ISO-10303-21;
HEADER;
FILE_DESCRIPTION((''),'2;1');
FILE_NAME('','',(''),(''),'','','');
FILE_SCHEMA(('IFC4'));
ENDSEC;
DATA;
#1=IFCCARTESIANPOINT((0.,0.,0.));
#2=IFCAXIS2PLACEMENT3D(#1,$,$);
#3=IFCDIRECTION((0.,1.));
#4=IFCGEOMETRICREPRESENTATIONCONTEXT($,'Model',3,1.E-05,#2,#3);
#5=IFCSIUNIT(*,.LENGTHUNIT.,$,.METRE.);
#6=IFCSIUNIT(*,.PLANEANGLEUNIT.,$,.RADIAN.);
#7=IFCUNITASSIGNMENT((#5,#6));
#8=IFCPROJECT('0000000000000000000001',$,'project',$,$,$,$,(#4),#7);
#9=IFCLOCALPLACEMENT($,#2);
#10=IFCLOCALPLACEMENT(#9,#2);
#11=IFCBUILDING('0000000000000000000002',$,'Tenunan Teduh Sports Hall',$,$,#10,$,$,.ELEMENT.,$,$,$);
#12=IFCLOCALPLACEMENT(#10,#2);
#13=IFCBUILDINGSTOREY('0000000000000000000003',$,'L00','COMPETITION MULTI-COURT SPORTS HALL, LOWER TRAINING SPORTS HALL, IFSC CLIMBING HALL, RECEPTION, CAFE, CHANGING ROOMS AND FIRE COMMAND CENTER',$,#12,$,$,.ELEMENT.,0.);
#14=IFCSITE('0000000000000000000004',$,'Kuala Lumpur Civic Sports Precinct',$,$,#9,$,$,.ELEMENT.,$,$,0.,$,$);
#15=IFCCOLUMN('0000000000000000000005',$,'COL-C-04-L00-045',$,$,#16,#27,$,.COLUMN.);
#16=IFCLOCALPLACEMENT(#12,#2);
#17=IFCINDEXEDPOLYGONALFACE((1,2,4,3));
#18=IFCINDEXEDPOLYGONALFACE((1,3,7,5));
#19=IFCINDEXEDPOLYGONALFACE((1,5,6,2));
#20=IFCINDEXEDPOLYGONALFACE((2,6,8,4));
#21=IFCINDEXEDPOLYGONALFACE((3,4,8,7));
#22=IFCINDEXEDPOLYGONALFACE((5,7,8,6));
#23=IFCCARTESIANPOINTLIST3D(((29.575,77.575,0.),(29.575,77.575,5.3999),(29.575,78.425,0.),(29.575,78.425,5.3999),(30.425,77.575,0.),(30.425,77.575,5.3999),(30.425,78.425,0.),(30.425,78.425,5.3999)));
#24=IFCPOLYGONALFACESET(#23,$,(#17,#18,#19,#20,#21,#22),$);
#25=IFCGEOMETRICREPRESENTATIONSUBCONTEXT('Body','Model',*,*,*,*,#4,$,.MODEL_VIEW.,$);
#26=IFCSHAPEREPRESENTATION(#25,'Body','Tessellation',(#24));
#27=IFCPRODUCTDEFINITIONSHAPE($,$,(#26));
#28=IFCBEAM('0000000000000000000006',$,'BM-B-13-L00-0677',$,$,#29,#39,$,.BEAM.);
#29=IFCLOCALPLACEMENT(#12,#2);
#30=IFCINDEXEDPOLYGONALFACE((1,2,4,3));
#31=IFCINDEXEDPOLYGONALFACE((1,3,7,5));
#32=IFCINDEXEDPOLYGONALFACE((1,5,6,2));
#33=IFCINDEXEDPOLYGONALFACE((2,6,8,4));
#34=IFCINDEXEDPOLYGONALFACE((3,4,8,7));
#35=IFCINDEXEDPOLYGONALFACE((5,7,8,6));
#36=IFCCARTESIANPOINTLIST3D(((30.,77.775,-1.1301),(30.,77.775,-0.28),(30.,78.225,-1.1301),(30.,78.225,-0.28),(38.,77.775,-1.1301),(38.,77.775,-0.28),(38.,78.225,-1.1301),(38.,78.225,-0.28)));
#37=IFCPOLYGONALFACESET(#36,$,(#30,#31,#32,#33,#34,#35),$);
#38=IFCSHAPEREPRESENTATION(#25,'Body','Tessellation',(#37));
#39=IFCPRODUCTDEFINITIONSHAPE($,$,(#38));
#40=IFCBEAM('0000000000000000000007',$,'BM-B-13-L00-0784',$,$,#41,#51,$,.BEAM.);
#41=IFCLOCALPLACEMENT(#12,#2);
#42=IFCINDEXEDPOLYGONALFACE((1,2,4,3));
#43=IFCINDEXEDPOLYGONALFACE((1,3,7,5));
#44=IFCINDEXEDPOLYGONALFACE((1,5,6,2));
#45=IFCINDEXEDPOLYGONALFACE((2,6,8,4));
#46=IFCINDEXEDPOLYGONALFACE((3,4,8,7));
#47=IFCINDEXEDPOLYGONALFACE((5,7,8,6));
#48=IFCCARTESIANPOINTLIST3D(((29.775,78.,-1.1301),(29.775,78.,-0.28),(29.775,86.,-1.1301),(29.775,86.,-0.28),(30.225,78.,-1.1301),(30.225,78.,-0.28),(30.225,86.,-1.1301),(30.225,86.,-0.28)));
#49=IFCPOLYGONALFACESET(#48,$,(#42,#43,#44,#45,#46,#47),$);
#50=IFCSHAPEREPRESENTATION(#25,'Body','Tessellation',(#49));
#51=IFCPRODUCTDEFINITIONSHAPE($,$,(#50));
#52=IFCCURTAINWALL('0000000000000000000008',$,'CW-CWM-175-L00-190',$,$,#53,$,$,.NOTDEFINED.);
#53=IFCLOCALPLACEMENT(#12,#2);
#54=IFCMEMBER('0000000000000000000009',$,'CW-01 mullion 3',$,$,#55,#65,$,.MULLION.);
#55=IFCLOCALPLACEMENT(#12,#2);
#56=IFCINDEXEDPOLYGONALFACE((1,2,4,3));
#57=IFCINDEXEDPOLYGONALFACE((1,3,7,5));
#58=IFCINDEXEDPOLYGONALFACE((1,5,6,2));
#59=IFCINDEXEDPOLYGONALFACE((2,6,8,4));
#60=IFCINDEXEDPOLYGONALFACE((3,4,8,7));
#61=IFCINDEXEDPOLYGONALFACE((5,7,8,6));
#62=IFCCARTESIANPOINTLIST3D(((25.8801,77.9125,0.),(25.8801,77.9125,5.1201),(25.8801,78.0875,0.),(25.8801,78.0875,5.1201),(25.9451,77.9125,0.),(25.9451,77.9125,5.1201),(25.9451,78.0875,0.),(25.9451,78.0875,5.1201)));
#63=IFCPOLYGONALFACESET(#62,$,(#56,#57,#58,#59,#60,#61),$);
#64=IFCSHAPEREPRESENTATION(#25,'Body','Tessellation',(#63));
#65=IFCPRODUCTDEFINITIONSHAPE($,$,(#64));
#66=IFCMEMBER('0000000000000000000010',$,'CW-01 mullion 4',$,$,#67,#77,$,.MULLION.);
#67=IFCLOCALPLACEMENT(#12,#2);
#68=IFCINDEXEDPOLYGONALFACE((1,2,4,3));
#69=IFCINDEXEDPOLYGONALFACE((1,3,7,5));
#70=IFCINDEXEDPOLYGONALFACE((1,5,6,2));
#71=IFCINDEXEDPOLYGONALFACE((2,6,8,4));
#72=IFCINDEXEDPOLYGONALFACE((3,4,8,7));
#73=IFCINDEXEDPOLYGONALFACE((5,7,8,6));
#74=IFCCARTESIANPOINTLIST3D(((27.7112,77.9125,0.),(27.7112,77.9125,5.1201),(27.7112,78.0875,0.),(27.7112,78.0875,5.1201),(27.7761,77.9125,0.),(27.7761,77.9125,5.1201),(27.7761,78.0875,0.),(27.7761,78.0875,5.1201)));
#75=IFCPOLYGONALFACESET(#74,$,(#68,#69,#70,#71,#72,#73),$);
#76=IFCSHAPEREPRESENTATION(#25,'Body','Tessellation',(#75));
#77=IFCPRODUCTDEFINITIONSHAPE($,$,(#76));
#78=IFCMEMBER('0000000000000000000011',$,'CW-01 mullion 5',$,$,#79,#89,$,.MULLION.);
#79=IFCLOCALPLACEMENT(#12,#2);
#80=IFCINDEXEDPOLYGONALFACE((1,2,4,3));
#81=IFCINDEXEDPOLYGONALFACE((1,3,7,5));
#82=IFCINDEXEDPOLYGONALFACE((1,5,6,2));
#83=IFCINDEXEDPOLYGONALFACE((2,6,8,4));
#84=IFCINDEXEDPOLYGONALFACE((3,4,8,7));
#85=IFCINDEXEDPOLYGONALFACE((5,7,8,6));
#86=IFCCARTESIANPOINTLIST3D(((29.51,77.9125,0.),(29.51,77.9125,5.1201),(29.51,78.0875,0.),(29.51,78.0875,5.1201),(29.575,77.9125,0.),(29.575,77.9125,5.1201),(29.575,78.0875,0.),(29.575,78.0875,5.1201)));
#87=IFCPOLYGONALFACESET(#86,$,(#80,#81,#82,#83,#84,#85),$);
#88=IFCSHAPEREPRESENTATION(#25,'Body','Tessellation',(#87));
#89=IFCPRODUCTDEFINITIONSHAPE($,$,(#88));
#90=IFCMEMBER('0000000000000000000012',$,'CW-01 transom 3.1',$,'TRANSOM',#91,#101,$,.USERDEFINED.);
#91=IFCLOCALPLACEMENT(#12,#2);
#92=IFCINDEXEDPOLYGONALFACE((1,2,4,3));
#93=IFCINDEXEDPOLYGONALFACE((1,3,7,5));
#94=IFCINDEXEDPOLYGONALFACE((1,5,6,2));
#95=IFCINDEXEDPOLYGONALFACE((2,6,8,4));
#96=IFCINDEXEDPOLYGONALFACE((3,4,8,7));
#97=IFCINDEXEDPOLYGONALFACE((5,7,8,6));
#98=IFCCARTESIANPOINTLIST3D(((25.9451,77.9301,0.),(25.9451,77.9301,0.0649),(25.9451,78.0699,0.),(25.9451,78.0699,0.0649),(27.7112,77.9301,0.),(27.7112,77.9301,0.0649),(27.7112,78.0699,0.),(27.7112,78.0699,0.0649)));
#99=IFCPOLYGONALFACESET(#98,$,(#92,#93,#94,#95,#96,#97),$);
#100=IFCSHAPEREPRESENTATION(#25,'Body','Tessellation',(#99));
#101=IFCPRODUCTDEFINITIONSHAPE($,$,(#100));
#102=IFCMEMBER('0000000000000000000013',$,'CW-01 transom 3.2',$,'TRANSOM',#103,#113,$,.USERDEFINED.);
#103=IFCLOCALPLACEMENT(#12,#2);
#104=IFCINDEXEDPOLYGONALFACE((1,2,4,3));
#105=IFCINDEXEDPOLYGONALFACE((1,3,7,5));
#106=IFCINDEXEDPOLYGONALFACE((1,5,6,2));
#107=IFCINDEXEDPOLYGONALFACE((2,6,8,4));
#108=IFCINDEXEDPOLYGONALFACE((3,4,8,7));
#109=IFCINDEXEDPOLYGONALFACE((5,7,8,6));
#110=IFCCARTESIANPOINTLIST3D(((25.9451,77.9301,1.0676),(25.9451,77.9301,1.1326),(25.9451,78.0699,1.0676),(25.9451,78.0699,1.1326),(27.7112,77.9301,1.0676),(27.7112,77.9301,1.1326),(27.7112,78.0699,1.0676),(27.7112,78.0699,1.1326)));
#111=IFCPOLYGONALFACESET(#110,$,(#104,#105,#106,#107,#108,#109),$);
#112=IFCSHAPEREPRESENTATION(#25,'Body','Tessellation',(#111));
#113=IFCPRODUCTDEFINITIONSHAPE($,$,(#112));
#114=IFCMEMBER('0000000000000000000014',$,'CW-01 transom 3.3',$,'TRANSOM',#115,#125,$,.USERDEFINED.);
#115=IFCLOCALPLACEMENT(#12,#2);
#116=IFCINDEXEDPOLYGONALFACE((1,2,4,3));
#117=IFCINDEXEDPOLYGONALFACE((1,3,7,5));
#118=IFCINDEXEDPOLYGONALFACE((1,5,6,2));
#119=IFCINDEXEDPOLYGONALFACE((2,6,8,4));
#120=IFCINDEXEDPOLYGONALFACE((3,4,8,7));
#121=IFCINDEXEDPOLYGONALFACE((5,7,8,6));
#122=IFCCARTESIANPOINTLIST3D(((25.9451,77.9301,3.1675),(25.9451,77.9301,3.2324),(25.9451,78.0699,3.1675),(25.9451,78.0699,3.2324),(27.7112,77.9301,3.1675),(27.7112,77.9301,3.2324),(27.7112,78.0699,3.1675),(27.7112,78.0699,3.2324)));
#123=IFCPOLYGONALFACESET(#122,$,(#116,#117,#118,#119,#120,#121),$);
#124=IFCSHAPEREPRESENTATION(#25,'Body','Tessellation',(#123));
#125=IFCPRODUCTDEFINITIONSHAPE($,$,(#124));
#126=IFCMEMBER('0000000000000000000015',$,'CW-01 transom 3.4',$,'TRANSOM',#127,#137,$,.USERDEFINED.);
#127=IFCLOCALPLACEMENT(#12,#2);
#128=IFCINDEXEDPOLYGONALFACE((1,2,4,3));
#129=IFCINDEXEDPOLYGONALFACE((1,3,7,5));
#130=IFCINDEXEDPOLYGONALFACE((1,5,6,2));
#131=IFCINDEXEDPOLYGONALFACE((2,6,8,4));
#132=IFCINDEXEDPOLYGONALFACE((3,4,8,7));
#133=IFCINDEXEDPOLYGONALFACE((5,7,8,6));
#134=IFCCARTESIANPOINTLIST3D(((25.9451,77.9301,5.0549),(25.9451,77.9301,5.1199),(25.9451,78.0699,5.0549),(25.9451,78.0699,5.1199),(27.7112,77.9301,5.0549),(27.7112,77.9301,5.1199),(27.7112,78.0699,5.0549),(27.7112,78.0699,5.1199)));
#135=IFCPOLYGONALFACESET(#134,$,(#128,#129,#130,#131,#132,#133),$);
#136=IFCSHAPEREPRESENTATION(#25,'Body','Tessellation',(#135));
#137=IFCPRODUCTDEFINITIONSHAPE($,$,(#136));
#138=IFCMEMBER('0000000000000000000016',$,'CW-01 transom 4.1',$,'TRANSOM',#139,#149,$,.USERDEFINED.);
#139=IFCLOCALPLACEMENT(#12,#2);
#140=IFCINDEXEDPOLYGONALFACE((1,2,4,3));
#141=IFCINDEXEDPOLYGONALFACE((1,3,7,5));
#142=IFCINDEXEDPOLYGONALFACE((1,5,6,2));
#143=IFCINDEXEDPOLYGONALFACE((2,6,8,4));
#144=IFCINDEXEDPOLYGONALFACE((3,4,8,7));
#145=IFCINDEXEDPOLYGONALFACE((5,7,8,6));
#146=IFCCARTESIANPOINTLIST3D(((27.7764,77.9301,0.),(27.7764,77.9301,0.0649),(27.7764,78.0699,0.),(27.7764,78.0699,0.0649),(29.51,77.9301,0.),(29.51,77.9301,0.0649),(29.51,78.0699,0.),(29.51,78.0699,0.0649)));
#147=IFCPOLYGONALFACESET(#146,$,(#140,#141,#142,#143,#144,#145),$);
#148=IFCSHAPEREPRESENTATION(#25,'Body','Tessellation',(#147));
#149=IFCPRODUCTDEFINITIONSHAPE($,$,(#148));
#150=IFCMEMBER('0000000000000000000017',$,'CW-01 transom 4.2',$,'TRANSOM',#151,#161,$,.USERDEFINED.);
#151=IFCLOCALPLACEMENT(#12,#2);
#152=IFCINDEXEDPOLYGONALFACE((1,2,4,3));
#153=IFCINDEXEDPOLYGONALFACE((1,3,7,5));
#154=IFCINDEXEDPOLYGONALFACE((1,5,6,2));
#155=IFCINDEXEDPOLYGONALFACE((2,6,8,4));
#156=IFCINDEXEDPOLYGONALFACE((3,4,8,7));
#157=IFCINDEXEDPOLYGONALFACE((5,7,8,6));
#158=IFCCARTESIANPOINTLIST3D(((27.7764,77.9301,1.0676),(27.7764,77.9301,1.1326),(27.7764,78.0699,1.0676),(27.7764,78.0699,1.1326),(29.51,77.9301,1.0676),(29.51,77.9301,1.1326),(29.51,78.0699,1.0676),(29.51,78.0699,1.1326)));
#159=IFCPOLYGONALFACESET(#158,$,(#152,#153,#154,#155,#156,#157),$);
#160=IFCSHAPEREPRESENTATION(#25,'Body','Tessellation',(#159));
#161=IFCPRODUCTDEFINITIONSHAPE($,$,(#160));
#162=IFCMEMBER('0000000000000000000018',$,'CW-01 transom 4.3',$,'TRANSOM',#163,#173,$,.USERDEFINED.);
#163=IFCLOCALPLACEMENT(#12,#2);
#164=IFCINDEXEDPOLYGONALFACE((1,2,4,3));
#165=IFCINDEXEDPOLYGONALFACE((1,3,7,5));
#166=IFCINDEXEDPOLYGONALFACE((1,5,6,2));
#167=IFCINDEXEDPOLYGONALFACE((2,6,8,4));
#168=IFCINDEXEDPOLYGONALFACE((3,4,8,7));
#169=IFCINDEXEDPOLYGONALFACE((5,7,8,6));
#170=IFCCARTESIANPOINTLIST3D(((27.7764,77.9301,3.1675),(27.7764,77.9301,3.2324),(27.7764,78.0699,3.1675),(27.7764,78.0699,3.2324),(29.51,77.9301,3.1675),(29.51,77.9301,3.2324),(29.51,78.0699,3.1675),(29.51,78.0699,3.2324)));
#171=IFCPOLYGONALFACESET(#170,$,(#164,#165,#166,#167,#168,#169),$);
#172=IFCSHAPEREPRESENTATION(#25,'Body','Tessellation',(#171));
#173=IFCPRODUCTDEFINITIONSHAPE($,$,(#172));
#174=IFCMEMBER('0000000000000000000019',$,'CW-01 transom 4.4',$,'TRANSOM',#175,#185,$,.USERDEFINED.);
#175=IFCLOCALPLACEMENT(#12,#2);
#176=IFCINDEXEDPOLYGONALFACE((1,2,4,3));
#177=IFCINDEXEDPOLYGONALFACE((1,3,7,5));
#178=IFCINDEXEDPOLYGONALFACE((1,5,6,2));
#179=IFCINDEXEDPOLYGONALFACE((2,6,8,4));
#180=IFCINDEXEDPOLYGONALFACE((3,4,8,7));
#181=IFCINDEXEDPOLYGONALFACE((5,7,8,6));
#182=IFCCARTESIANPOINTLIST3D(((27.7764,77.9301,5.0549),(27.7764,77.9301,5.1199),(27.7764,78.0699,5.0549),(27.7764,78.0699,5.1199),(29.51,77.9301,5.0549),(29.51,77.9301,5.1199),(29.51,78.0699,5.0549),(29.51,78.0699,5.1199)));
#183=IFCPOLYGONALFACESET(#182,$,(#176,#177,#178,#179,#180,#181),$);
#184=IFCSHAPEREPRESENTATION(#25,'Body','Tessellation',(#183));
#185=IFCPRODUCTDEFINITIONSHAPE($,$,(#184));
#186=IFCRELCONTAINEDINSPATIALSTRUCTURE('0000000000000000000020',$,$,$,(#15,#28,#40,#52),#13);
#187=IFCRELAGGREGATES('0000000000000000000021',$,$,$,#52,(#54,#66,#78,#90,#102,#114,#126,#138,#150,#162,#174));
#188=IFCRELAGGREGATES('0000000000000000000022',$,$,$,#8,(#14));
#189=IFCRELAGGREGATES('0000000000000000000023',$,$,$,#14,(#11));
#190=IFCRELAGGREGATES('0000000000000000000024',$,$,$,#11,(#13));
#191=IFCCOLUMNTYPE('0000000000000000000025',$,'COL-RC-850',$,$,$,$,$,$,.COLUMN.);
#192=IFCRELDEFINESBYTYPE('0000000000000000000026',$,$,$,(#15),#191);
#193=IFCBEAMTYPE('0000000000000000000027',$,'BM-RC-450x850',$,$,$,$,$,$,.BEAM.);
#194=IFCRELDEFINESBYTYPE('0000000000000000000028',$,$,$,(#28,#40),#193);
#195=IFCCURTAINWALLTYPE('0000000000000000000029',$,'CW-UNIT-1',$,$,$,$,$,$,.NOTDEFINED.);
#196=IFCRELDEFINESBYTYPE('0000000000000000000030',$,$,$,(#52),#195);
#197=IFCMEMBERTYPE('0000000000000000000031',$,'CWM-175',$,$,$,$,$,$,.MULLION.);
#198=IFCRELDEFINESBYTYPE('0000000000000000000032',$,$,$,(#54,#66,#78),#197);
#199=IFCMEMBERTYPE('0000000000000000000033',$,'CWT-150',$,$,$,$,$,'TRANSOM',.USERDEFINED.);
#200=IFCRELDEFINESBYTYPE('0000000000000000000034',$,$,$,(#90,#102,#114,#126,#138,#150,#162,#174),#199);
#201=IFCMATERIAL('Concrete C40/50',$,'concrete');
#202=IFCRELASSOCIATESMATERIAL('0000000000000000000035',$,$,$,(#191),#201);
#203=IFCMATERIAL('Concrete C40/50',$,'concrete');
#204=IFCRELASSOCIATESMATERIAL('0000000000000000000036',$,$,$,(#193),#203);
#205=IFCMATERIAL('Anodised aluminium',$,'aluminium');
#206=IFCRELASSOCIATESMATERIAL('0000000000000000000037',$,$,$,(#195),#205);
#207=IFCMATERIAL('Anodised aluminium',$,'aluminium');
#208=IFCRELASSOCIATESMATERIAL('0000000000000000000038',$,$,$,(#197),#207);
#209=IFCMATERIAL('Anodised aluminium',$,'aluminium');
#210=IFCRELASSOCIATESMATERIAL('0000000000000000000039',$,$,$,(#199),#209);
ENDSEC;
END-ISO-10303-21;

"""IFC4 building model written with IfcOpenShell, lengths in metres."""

from ifc_helpers import new_model, si_unit, direction, frame, origin, origin_2d, place, context, subcontext, project, spatial, rectangle, extrude, material, material_profile, profile_set, type_object, element, aggregate, save


model = new_model("IFC4")

# Units and contexts
model_context = context("Model", 3, precision=1e-05, world=origin(), true_north=direction((0.0, 1.0)))
body_context = subcontext(model_context, "Body", "Model", "MODEL_VIEW")
ifc_project = project(units=[si_unit("LENGTHUNIT", "METRE"), si_unit("PLANEANGLEUNIT", "RADIAN")], contexts=[model_context])

# Site, building, storey
site_placement = place(None, origin())
site = spatial("IfcSite", under=ifc_project, at=site_placement, Name="Kuala Lumpur Civic Sports Precinct", CompositionType="ELEMENT", RefElevation=0.0)
building_placement = place(site_placement, origin())
building = spatial("IfcBuilding", under=site, at=building_placement, Name="Tenunan Teduh Sports Hall", CompositionType="ELEMENT")
storey_placement = place(building_placement, origin())
storey = spatial("IfcBuildingStorey", under=building, at=storey_placement, Name="L00", Description="COMPETITION MULTI-COURT SPORTS HALL, LOWER TRAINING SPORTS HALL, IFSC CLIMBING HALL, RECEPTION, CAFE, CHANGING ROOMS AND FIRE COMMAND CENTER", CompositionType="ELEMENT", Elevation=0.0)

# Column
ifc_material_1 = material(Name="Concrete C40/50", Category="concrete")
ifc_material_profile_1 = material_profile(ifc_material_1, rectangle(XDim=0.8501, YDim=0.8501, at=origin_2d()), Name="RC 850x850")
ifc_profile_set_1 = profile_set([ifc_material_profile_1], Name="Concrete C40/50")
column_type = type_object("IfcColumnType", Name="COL-RC-850", PredefinedType="COLUMN", material=ifc_profile_set_1)
column_placement = place(storey_placement, frame((30.0, 78.0, 0.0), z_axis=(0.0, 0.0, 1.0), x_axis=(1.0, 0.0, 0.0)))
element("IfcColumn", 1, at=column_placement, inside=storey, type_object=column_type, Name="COL-C-04-L00-045", PredefinedType="COLUMN", context=body_context, shape_type="SweptSolid", body=[
    extrude(rectangle(XDim=0.8501, YDim=0.8501, at=origin_2d()), origin(), (0.0, 0.0, 1.0), 5.3999),
])

# Beams
ifc_material_2 = material(Name="Concrete C40/50", Category="concrete")
ifc_material_profile_2 = material_profile(ifc_material_2, rectangle(XDim=0.45, YDim=0.8501, at=origin_2d()), Name="RCB 450x850")
ifc_profile_set_2 = profile_set([ifc_material_profile_2], Name="Concrete C40/50")
beam_type = type_object("IfcBeamType", Name="BM-RC-450x850", PredefinedType="BEAM", material=ifc_profile_set_2)
for number, where, z_axis, x_axis, name in (
    (2, (30.0, 78.0, -0.7051), (1.0, 0.0, 0.0), (0.0, 1.0, 0.0), "BM-B-13-L00-0677"),
    (3, (30.0, 78.0, -0.7051), (0.0, 1.0, 0.0), (-1.0, 0.0, 0.0), "BM-B-13-L00-0784"),
):
    element("IfcBeam", number, at=place(storey_placement, frame(where, z_axis=z_axis, x_axis=x_axis)), inside=storey, type_object=beam_type, Name=name, PredefinedType="BEAM", context=body_context, shape_type="SweptSolid", body=[
        extrude(rectangle(XDim=0.45, YDim=0.8501, at=origin_2d()), origin(), (0.0, 0.0, 1.0), 8.0),
    ])

# Curtain wall, members
ifc_material_3 = material(Name="Anodised aluminium", Category="aluminium")
curtain_wall_type = type_object("IfcCurtainWallType", Name="CW-UNIT-1", PredefinedType="NOTDEFINED", material=ifc_material_3)
curtain_wall_placement = place(storey_placement, origin())
curtain_wall = element("IfcCurtainWall", 4, at=curtain_wall_placement, inside=storey, type_object=curtain_wall_type, Name="CW-CWM-175-L00-190", PredefinedType="NOTDEFINED")
ifc_material_4 = material(Name="Anodised aluminium", Category="aluminium")
ifc_material_profile_3 = material_profile(ifc_material_4, rectangle(XDim=0.0649, YDim=0.175, at=origin_2d()), Name="CWM 65x175")
ifc_profile_set_3 = profile_set([ifc_material_profile_3], Name="Anodised aluminium")
member_type_1 = type_object("IfcMemberType", Name="CWM-175", PredefinedType="MULLION", material=ifc_profile_set_3)
member_1_placement = place(storey_placement, frame((25.9126, 78.0, 0.0), z_axis=(0.0, 0.0, 1.0), x_axis=(1.0, 0.0, 0.0)))
member_1 = element("IfcMember", 5, at=member_1_placement, type_object=member_type_1, Name="CW-01 mullion 3", PredefinedType="MULLION", context=body_context, shape_type="SweptSolid", body=[
    extrude(rectangle(XDim=0.0649, YDim=0.175, at=origin_2d()), origin(), (0.0, 0.0, 1.0), 5.1201),
])
member_2_placement = place(storey_placement, frame((27.7437, 78.0, 0.0), z_axis=(0.0, 0.0, 1.0), x_axis=(1.0, 0.0, 0.0)))
member_2 = element("IfcMember", 6, at=member_2_placement, type_object=member_type_1, Name="CW-01 mullion 4", PredefinedType="MULLION", context=body_context, shape_type="SweptSolid", body=[
    extrude(rectangle(XDim=0.0649, YDim=0.175, at=origin_2d()), origin(), (0.0, 0.0, 1.0), 5.1201),
])
member_3_placement = place(storey_placement, frame((29.5425, 78.0, 0.0), z_axis=(0.0, 0.0, 1.0), x_axis=(1.0, 0.0, 0.0)))
member_3 = element("IfcMember", 7, at=member_3_placement, type_object=member_type_1, Name="CW-01 mullion 5", PredefinedType="MULLION", context=body_context, shape_type="SweptSolid", body=[
    extrude(rectangle(XDim=0.0649, YDim=0.175, at=origin_2d()), origin(), (0.0, 0.0, 1.0), 5.1201),
])
ifc_material_5 = material(Name="Anodised aluminium", Category="aluminium")
ifc_material_profile_4 = material_profile(ifc_material_5, rectangle(XDim=0.0649, YDim=0.1399, at=origin_2d()), Name="CWT 65x140")
ifc_profile_set_4 = profile_set([ifc_material_profile_4], Name="Anodised aluminium")
member_type_2 = type_object("IfcMemberType", Name="CWT-150", ElementType="TRANSOM", PredefinedType="USERDEFINED", material=ifc_profile_set_4)
member_4_placement = place(storey_placement, frame((25.9451, 78.0, 0.0325), z_axis=(1.0, 0.0, 0.0), x_axis=(0.0, 0.0, 1.0)))
member_4 = element("IfcMember", 8, at=member_4_placement, type_object=member_type_2, Name="CW-01 transom 3.1", ObjectType="TRANSOM", PredefinedType="USERDEFINED", context=body_context, shape_type="SweptSolid", body=[
    extrude(rectangle(XDim=0.0649, YDim=0.1399, at=origin_2d()), origin(), (0.0, 0.0, 1.0), 1.7661),
])
member_5_placement = place(storey_placement, frame((25.9451, 78.0, 1.1001), z_axis=(1.0, 0.0, 0.0), x_axis=(0.0, 0.0, 1.0)))
member_5 = element("IfcMember", 9, at=member_5_placement, type_object=member_type_2, Name="CW-01 transom 3.2", ObjectType="TRANSOM", PredefinedType="USERDEFINED", context=body_context, shape_type="SweptSolid", body=[
    extrude(rectangle(XDim=0.0649, YDim=0.1399, at=origin_2d()), origin(), (0.0, 0.0, 1.0), 1.7661),
])
member_6_placement = place(storey_placement, frame((25.9451, 78.0, 3.2), z_axis=(1.0, 0.0, 0.0), x_axis=(0.0, 0.0, 1.0)))
member_6 = element("IfcMember", 10, at=member_6_placement, type_object=member_type_2, Name="CW-01 transom 3.3", ObjectType="TRANSOM", PredefinedType="USERDEFINED", context=body_context, shape_type="SweptSolid", body=[
    extrude(rectangle(XDim=0.0649, YDim=0.1399, at=origin_2d()), origin(), (0.0, 0.0, 1.0), 1.7661),
])
member_7_placement = place(storey_placement, frame((25.9451, 78.0, 5.0874), z_axis=(1.0, 0.0, 0.0), x_axis=(0.0, 0.0, 1.0)))
member_7 = element("IfcMember", 11, at=member_7_placement, type_object=member_type_2, Name="CW-01 transom 3.4", ObjectType="TRANSOM", PredefinedType="USERDEFINED", context=body_context, shape_type="SweptSolid", body=[
    extrude(rectangle(XDim=0.0649, YDim=0.1399, at=origin_2d()), origin(), (0.0, 0.0, 1.0), 1.7661),
])
member_8_placement = place(storey_placement, frame((27.7764, 78.0, 0.0325), z_axis=(1.0, 0.0, 0.0), x_axis=(0.0, 0.0, 1.0)))
member_8 = element("IfcMember", 12, at=member_8_placement, type_object=member_type_2, Name="CW-01 transom 4.1", ObjectType="TRANSOM", PredefinedType="USERDEFINED", context=body_context, shape_type="SweptSolid", body=[
    extrude(rectangle(XDim=0.0649, YDim=0.1399, at=origin_2d()), origin(), (0.0, 0.0, 1.0), 1.7336),
])
member_9_placement = place(storey_placement, frame((27.7764, 78.0, 1.1001), z_axis=(1.0, 0.0, 0.0), x_axis=(0.0, 0.0, 1.0)))
member_9 = element("IfcMember", 13, at=member_9_placement, type_object=member_type_2, Name="CW-01 transom 4.2", ObjectType="TRANSOM", PredefinedType="USERDEFINED", context=body_context, shape_type="SweptSolid", body=[
    extrude(rectangle(XDim=0.0649, YDim=0.1399, at=origin_2d()), origin(), (0.0, 0.0, 1.0), 1.7336),
])
member_10_placement = place(storey_placement, frame((27.7764, 78.0, 3.2), z_axis=(1.0, 0.0, 0.0), x_axis=(0.0, 0.0, 1.0)))
member_10 = element("IfcMember", 14, at=member_10_placement, type_object=member_type_2, Name="CW-01 transom 4.3", ObjectType="TRANSOM", PredefinedType="USERDEFINED", context=body_context, shape_type="SweptSolid", body=[
    extrude(rectangle(XDim=0.0649, YDim=0.1399, at=origin_2d()), origin(), (0.0, 0.0, 1.0), 1.7336),
])
member_11_placement = place(storey_placement, frame((27.7764, 78.0, 5.0874), z_axis=(1.0, 0.0, 0.0), x_axis=(0.0, 0.0, 1.0)))
member_11 = element("IfcMember", 15, at=member_11_placement, type_object=member_type_2, Name="CW-01 transom 4.4", ObjectType="TRANSOM", PredefinedType="USERDEFINED", context=body_context, shape_type="SweptSolid", body=[
    extrude(rectangle(XDim=0.0649, YDim=0.1399, at=origin_2d()), origin(), (0.0, 0.0, 1.0), 1.7336),
])

aggregate(curtain_wall, [member_1, member_2, member_3, member_4, member_5, member_6, member_7, member_8, member_9, member_10, member_11])

save(model, "model.ifc")
